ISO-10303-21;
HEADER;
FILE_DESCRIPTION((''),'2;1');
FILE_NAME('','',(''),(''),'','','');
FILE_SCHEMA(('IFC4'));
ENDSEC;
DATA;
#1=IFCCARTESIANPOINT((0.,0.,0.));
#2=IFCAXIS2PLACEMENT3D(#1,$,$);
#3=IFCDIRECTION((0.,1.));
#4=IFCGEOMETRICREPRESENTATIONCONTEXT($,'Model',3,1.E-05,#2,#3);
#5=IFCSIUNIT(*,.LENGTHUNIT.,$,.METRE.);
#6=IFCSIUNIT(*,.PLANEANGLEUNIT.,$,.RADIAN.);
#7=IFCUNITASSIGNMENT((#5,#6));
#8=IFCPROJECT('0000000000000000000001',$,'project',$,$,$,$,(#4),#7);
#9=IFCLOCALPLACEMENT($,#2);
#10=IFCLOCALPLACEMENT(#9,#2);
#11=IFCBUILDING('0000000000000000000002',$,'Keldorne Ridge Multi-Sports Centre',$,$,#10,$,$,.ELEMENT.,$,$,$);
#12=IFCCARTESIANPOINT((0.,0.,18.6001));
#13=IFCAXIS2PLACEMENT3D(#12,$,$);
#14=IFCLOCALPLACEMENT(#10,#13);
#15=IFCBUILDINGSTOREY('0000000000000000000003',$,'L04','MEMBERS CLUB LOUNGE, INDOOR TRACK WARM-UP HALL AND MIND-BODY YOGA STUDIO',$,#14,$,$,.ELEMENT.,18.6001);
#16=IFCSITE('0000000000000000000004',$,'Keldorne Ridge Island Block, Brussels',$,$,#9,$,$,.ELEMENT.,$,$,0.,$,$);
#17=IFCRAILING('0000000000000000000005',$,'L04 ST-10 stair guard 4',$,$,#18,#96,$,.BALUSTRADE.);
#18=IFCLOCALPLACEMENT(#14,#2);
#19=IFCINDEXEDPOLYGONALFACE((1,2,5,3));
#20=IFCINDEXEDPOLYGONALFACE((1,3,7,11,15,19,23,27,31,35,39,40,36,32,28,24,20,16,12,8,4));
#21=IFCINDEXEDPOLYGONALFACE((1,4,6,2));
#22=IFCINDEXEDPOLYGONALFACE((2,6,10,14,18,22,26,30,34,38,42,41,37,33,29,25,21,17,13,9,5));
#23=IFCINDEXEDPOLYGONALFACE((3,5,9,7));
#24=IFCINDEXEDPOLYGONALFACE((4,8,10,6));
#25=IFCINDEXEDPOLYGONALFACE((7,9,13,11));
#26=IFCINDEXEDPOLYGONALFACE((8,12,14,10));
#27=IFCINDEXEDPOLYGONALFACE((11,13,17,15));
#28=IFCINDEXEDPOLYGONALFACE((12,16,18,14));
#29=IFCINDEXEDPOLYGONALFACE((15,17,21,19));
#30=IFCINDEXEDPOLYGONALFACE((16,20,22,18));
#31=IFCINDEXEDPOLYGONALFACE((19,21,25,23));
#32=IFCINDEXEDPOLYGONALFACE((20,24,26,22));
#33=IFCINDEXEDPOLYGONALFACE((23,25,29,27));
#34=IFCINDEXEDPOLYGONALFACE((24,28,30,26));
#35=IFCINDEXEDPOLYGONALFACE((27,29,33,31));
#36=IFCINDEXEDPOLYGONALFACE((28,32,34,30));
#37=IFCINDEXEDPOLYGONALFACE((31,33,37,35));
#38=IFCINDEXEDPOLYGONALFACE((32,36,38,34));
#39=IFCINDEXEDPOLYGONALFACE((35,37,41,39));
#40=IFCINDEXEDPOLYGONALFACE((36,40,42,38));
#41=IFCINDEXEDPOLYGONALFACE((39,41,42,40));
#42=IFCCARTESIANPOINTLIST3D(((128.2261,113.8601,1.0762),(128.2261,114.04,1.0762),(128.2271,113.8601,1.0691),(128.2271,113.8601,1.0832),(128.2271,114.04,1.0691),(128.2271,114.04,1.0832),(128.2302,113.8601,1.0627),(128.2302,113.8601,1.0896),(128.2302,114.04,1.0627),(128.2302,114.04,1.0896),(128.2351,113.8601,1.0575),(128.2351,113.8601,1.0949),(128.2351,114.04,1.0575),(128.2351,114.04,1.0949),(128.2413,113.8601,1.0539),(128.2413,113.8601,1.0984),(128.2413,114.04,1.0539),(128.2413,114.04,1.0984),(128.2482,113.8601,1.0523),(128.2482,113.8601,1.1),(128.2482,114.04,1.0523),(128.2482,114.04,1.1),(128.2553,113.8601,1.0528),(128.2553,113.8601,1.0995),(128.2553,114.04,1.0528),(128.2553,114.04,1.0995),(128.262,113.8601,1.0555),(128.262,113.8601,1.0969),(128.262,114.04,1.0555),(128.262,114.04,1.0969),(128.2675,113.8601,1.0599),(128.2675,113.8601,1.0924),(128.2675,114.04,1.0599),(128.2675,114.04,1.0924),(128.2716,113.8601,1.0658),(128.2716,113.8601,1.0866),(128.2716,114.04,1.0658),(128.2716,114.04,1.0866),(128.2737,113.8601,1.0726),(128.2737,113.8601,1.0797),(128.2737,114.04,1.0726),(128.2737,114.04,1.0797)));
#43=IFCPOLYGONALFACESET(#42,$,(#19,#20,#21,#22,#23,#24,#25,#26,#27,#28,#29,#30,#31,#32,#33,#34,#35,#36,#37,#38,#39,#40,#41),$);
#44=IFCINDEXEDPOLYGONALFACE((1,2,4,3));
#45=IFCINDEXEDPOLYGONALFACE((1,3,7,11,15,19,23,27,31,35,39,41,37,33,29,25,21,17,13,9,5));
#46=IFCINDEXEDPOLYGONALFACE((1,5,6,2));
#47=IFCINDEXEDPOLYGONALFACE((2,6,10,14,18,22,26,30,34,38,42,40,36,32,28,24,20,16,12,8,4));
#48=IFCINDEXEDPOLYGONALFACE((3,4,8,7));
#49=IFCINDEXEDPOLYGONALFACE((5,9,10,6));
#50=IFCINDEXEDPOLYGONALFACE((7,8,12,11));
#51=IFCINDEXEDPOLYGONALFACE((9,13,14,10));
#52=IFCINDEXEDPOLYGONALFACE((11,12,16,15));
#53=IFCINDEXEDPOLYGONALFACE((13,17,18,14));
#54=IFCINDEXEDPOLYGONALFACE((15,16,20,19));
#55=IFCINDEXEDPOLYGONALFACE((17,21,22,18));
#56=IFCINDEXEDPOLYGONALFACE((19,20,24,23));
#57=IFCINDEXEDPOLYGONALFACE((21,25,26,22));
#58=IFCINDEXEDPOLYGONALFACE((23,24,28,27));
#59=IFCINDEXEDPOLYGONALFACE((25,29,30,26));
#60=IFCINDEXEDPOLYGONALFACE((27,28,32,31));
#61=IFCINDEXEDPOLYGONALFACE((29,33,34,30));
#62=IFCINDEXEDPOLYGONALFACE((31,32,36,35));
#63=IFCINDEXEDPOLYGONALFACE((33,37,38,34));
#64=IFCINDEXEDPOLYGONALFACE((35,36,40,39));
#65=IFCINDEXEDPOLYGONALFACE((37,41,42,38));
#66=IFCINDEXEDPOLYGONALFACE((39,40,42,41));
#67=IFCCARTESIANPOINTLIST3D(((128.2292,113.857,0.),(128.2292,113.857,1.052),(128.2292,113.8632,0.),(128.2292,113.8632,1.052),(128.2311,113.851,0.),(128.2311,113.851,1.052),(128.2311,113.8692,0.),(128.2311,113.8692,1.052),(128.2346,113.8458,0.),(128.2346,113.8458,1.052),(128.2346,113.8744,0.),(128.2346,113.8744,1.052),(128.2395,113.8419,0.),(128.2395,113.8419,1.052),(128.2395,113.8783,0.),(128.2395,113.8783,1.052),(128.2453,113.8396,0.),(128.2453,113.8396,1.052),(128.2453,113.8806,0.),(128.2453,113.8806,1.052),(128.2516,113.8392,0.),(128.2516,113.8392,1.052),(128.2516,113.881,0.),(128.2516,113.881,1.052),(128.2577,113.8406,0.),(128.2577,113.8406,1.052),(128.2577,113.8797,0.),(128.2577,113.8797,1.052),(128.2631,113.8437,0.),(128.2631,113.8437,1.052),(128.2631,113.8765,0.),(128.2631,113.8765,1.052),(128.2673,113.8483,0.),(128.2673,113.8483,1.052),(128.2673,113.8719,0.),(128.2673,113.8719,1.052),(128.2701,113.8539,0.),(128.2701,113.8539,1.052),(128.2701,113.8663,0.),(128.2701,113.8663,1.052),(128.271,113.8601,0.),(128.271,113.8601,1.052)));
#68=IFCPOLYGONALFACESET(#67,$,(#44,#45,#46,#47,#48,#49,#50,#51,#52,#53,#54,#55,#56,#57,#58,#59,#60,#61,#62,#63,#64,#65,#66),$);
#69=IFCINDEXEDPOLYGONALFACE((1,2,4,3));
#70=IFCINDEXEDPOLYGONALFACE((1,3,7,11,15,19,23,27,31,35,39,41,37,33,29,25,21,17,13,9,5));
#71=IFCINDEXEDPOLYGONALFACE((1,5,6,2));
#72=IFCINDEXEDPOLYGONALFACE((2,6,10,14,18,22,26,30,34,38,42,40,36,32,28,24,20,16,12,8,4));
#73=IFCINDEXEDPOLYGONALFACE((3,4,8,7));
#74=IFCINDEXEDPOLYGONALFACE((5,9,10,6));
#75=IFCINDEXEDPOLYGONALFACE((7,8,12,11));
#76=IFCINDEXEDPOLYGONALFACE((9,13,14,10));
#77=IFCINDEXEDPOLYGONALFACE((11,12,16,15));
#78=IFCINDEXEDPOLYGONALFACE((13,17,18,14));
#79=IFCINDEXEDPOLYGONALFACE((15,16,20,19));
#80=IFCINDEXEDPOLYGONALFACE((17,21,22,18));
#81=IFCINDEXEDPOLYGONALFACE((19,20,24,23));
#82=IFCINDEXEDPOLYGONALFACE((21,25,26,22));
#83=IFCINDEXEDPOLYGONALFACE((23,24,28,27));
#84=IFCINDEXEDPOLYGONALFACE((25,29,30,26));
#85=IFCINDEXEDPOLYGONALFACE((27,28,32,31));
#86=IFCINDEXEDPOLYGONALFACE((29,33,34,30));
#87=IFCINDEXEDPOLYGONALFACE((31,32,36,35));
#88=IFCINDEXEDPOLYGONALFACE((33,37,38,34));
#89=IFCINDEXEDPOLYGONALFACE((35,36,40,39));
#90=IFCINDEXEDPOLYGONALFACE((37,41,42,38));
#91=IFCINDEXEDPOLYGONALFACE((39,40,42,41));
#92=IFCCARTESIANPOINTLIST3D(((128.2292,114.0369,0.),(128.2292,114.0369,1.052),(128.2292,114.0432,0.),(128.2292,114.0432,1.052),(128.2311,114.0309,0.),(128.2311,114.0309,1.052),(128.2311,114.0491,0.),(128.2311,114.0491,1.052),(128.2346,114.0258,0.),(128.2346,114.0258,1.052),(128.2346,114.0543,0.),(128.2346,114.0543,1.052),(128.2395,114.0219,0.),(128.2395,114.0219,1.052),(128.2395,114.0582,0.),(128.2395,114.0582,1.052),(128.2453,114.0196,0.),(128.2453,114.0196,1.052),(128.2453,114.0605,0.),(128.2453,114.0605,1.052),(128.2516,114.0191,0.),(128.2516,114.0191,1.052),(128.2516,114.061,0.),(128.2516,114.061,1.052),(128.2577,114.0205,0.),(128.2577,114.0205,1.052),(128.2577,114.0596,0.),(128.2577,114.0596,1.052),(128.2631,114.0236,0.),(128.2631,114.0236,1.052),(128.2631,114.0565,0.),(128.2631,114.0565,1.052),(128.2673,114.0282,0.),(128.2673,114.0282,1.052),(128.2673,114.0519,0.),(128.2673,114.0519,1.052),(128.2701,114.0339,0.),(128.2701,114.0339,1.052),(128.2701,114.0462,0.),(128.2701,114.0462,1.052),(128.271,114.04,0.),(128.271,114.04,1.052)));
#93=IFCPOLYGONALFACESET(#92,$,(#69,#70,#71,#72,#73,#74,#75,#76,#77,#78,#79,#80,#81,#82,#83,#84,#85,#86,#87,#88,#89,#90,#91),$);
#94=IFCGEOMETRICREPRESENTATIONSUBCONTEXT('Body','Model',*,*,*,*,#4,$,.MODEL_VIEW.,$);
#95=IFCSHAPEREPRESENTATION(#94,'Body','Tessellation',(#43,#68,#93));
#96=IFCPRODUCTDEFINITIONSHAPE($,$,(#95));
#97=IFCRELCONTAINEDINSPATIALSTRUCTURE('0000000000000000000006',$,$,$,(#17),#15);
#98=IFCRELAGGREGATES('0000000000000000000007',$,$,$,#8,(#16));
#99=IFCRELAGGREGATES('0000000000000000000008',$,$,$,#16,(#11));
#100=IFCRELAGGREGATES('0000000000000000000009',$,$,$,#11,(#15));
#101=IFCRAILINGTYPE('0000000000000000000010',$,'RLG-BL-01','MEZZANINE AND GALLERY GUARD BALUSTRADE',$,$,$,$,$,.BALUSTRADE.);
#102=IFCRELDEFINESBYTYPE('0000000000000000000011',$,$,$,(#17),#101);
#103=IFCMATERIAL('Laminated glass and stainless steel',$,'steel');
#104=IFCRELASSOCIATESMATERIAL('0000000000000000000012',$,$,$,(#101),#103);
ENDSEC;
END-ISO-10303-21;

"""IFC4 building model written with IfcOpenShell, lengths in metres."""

from ifc_helpers import new_model, si_unit, direction, frame, origin, origin_2d, place, context, subcontext, project, spatial, circle, extrude, material, type_object, element, save


model = new_model("IFC4")

# Units and contexts
model_context = context("Model", 3, precision=1e-05, world=origin(), true_north=direction((0.0, 1.0)))
body_context = subcontext(model_context, "Body", "Model", "MODEL_VIEW")
ifc_project = project(units=[si_unit("LENGTHUNIT", "METRE"), si_unit("PLANEANGLEUNIT", "RADIAN")], contexts=[model_context])

# Site, building, storey
site_placement = place(None, origin())
site = spatial("IfcSite", under=ifc_project, at=site_placement, Name="Keldorne Ridge Island Block, Brussels", CompositionType="ELEMENT", RefElevation=0.0)
building_placement = place(site_placement, origin())
building = spatial("IfcBuilding", under=site, at=building_placement, Name="Keldorne Ridge Multi-Sports Centre", CompositionType="ELEMENT")
storey_placement = place(building_placement, frame((0.0, 0.0, 18.6001)))
storey = spatial("IfcBuildingStorey", under=building, at=storey_placement, Name="L04", Description="MEMBERS CLUB LOUNGE, INDOOR TRACK WARM-UP HALL AND MIND-BODY YOGA STUDIO", CompositionType="ELEMENT", Elevation=18.6001)

# Railing
ifc_material_1 = material(Name="Laminated glass and stainless steel", Category="steel")
railing_type_1 = type_object("IfcRailingType", Name="RLG-BL-01", Description="MEZZANINE AND GALLERY GUARD BALUSTRADE", PredefinedType="BALUSTRADE", material=ifc_material_1)
railing_1_placement = place(storey_placement, frame((128.25, 113.8601, 0.0)))
element("IfcRailing", 1, at=railing_1_placement, inside=storey, type_object=railing_type_1, Name="L04 ST-10 stair guard 4", PredefinedType="BALUSTRADE", context=body_context, shape_type="SweptSolid", body=[
    extrude(circle(Radius=0.0239, at=origin_2d()), frame((0.0, 0.0, 1.0762), z_axis=(0.0, 1.0, 0.0), x_axis=(-1.0, 0.0, 0.0)), (0.0, 0.0, 1.0), 0.1799),
    extrude(circle(Radius=0.021, at=origin_2d()), origin(), (0.0, 0.0, 1.0), 1.052),
    extrude(circle(Radius=0.021, at=origin_2d()), frame((0.0, 0.1799, 0.0)), (0.0, 0.0, 1.0), 1.052),
])

save(model, "model.ifc")
